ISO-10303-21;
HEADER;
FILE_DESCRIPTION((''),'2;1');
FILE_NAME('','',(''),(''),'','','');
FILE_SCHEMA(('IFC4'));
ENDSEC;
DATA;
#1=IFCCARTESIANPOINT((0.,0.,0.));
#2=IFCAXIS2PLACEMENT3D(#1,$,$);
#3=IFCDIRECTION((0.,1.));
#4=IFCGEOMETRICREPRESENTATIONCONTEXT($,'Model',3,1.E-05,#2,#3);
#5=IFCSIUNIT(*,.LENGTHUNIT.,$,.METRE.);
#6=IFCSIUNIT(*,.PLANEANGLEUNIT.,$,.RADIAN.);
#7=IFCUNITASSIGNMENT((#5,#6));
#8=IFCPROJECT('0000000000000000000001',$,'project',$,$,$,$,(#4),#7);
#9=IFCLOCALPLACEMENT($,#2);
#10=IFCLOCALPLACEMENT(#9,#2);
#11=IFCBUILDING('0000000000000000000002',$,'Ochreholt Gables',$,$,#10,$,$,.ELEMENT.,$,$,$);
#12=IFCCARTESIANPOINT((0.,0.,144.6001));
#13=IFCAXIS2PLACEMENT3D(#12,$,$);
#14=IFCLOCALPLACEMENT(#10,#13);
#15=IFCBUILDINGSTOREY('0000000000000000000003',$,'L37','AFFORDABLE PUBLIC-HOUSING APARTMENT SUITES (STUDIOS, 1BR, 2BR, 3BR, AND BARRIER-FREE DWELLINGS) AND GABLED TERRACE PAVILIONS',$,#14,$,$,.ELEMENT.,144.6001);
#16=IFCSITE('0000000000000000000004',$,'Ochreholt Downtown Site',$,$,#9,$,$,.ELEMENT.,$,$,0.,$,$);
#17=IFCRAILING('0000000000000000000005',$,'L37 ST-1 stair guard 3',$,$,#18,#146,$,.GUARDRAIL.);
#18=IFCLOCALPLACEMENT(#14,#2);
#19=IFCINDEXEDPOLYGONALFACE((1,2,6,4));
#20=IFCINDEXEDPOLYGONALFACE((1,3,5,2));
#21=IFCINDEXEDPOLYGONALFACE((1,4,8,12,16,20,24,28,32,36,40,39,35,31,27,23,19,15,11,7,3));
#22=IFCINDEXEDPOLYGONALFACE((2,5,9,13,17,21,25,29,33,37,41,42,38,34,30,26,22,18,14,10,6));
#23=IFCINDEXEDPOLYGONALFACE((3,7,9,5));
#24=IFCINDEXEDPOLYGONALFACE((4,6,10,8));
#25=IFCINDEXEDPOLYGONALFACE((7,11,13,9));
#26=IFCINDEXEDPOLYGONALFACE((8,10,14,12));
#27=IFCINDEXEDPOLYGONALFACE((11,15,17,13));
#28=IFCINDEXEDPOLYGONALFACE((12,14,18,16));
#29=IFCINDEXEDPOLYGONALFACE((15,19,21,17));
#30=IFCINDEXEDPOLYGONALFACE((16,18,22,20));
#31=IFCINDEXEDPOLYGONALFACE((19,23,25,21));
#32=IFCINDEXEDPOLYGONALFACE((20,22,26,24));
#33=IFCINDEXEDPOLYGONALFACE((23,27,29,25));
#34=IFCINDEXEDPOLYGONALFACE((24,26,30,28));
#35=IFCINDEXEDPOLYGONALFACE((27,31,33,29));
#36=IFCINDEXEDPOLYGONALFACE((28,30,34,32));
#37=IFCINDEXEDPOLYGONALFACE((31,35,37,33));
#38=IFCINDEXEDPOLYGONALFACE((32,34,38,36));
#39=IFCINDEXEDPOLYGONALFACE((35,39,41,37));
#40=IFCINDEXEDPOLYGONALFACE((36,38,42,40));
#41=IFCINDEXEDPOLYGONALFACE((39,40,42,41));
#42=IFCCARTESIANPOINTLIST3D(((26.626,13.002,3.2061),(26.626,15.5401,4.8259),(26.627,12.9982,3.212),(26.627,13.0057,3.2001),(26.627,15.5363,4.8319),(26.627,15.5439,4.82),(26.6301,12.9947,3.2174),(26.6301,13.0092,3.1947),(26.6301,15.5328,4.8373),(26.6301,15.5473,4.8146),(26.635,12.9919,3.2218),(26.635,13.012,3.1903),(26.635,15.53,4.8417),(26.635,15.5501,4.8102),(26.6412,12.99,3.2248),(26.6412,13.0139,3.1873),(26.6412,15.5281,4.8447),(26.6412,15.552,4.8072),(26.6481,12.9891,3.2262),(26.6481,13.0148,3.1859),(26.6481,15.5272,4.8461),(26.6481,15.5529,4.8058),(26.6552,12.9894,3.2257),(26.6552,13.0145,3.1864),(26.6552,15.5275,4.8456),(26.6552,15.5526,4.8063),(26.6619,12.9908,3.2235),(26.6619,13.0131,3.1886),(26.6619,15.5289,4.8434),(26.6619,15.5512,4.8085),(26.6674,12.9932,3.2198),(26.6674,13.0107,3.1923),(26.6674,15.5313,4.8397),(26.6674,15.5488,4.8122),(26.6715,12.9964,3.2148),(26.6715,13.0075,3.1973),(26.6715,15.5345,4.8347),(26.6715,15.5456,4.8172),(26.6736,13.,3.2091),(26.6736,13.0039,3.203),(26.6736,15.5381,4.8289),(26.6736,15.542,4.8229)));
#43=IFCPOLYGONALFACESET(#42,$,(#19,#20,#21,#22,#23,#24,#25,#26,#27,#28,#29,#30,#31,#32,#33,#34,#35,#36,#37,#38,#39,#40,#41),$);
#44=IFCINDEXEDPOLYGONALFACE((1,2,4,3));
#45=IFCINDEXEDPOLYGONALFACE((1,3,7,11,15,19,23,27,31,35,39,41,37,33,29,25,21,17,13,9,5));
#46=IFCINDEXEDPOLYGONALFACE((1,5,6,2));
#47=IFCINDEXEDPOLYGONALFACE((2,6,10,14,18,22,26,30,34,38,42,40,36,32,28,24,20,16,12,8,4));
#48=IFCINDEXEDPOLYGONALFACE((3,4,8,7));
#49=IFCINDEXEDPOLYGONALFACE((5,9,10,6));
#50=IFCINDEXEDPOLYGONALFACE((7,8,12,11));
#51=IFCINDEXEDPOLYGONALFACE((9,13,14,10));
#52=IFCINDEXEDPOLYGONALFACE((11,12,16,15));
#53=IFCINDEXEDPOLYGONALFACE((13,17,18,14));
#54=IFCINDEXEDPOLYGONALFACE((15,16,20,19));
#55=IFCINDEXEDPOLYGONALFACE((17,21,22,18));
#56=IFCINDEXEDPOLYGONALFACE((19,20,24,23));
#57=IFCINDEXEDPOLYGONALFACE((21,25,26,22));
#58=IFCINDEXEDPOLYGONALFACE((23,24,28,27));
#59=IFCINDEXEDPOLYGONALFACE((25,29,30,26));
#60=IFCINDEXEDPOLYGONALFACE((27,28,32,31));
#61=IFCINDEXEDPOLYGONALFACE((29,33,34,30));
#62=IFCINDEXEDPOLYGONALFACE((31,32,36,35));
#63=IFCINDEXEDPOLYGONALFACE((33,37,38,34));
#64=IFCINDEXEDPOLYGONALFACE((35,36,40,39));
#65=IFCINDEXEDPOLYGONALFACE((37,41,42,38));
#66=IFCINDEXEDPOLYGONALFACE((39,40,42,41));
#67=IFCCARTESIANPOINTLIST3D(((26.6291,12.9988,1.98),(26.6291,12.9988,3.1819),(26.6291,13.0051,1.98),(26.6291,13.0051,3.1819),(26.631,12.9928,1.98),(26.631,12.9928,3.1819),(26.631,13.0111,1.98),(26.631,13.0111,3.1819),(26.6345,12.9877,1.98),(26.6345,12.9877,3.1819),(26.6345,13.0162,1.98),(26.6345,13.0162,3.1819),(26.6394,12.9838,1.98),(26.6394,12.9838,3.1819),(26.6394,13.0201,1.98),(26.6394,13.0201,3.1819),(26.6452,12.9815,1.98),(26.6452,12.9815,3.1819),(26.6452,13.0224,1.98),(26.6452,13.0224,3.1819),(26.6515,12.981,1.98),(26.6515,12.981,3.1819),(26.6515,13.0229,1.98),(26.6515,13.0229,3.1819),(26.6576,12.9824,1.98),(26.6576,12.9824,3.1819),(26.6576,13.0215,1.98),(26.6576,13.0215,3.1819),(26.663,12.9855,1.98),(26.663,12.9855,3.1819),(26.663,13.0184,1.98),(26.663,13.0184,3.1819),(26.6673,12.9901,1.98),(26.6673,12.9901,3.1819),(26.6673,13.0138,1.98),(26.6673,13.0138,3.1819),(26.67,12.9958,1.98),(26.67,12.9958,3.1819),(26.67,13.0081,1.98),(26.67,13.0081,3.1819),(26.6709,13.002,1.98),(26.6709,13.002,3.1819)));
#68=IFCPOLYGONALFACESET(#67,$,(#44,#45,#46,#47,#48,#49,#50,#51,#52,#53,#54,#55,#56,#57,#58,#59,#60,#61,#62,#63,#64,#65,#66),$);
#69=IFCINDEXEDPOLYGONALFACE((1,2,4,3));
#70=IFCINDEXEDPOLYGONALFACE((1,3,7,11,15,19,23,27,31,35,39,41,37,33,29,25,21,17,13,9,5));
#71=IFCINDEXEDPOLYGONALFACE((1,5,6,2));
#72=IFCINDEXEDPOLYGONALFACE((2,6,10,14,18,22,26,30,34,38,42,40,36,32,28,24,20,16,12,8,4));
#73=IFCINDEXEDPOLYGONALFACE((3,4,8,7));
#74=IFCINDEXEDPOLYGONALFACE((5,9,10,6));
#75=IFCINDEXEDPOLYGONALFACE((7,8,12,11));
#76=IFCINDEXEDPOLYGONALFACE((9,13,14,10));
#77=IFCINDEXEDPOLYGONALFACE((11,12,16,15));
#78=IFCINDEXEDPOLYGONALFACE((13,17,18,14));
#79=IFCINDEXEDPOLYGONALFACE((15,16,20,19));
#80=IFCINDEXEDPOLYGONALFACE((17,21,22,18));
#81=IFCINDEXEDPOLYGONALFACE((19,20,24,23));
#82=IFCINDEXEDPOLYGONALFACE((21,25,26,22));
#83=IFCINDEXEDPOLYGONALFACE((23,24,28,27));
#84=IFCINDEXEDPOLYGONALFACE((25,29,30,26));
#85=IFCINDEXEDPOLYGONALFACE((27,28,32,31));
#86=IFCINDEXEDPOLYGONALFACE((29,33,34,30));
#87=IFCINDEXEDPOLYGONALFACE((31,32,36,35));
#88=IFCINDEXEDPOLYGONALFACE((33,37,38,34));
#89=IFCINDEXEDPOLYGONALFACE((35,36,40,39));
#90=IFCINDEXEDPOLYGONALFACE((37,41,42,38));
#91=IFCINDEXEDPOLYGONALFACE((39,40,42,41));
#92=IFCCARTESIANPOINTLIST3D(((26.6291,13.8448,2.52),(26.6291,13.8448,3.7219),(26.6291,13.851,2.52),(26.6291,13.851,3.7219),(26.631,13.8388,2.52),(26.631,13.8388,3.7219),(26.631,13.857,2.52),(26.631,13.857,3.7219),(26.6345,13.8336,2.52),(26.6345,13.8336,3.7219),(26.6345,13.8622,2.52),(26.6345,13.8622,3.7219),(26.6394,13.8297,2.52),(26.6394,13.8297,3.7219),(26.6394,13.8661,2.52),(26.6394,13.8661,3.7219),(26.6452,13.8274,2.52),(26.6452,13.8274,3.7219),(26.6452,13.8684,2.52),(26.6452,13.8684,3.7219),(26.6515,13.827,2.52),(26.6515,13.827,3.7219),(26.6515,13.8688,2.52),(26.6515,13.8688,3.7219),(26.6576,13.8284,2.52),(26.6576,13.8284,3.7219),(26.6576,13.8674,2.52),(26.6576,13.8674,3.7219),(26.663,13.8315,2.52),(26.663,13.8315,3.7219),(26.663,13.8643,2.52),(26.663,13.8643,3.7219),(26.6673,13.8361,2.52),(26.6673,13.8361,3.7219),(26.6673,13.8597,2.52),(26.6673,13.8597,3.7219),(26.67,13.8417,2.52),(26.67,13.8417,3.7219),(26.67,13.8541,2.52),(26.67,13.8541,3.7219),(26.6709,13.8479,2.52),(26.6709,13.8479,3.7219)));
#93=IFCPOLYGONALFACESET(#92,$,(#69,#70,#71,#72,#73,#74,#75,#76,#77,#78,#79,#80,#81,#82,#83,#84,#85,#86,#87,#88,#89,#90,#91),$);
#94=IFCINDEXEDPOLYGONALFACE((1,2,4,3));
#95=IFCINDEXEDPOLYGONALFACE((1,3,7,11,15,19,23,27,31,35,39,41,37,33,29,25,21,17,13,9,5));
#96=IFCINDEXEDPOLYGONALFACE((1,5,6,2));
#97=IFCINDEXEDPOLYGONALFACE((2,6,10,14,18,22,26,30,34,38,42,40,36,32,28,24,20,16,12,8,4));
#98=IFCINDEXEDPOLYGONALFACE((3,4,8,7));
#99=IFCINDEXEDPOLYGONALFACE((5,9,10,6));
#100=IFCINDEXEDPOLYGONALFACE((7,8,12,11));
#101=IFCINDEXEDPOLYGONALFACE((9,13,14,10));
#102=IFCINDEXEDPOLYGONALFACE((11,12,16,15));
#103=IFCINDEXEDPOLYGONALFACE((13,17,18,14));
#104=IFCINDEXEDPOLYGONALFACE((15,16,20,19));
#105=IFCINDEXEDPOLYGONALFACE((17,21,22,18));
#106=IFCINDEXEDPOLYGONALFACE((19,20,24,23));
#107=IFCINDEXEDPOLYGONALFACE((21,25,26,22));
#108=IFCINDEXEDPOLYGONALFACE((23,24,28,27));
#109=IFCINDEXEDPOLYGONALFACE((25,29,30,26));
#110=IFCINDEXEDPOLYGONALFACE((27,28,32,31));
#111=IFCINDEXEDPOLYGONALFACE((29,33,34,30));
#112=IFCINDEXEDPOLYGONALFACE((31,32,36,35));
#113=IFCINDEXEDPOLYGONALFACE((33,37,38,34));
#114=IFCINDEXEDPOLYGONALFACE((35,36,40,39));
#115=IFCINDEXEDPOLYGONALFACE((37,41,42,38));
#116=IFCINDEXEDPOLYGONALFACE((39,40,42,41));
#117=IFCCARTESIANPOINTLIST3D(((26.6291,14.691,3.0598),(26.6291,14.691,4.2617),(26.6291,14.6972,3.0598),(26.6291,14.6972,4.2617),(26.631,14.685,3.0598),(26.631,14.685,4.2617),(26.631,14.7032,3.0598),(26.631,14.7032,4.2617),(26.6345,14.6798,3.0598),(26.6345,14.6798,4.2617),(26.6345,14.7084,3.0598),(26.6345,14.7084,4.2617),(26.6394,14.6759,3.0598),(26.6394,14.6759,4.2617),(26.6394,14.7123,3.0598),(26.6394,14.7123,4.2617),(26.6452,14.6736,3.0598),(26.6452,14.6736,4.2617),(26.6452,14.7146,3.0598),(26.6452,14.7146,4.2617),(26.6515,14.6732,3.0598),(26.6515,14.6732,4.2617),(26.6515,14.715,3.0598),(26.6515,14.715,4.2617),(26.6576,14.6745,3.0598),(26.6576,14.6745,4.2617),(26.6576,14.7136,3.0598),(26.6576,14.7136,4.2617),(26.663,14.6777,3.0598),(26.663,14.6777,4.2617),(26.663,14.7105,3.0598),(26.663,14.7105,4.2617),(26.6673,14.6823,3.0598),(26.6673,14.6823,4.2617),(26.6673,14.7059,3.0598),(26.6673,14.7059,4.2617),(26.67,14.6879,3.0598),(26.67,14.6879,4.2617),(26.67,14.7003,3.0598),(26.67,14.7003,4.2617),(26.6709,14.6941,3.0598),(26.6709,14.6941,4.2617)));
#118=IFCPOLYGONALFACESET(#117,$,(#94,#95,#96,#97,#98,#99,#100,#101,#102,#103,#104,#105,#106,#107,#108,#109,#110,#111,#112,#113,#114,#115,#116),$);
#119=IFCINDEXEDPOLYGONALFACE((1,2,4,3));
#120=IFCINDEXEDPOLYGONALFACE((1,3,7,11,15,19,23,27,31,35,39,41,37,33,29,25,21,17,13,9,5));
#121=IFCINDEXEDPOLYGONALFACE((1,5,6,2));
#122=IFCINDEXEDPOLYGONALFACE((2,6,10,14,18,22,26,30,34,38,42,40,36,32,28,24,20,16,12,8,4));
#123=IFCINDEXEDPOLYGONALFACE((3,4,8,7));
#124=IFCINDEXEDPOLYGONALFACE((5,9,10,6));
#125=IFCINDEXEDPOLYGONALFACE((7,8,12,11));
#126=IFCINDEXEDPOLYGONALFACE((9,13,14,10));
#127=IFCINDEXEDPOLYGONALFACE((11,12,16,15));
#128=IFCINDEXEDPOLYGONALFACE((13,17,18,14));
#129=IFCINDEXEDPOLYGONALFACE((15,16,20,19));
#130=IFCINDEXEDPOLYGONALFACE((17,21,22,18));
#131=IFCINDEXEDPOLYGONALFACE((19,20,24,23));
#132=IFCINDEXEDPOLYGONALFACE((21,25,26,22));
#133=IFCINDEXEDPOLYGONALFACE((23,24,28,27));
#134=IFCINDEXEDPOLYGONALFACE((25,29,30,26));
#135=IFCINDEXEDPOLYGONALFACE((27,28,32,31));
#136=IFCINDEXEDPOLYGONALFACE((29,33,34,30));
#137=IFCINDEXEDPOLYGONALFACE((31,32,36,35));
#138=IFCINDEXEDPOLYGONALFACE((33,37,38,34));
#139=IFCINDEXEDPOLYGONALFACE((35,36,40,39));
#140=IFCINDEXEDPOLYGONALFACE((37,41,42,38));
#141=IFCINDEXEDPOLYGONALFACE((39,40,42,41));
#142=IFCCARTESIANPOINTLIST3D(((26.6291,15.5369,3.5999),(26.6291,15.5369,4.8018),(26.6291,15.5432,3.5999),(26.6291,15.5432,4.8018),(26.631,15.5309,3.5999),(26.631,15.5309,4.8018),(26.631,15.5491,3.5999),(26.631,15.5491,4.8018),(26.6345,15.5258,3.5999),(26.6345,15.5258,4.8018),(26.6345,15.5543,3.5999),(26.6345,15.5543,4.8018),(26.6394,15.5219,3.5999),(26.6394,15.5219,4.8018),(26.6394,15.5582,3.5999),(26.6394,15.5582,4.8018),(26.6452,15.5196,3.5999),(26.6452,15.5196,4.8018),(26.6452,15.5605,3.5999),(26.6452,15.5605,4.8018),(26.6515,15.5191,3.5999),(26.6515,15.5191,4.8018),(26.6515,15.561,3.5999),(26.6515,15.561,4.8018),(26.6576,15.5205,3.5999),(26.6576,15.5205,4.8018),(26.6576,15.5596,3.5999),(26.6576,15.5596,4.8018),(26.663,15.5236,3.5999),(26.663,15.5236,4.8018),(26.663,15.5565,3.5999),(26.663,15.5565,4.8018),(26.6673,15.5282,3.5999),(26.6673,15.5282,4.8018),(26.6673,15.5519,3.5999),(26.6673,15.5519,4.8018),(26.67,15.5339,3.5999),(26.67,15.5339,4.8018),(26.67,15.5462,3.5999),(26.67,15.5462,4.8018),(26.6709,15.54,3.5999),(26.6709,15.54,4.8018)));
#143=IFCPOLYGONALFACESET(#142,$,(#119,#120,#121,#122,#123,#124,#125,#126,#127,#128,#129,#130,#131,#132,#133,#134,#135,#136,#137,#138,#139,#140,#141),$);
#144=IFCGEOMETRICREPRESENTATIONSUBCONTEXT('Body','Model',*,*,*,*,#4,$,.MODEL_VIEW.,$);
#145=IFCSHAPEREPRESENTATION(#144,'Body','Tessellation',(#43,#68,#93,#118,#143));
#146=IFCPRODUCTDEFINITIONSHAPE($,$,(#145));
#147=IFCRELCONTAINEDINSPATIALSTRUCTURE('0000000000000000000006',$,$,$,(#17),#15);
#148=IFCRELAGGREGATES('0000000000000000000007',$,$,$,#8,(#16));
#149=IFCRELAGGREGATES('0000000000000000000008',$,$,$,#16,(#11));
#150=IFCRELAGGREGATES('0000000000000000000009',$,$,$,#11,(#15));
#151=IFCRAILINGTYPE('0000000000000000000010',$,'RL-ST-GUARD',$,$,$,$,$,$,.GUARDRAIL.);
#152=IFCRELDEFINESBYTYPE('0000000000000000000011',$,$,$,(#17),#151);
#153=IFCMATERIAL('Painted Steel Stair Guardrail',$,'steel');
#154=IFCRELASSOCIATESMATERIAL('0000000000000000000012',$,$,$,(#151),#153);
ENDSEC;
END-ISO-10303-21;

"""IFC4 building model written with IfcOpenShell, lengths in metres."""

from ifc_helpers import new_model, si_unit, direction, frame, origin, origin_2d, place, context, subcontext, project, spatial, circle, extrude, material, type_object, element, save


model = new_model("IFC4")

# Units and contexts
model_context = context("Model", 3, precision=1e-05, world=origin(), true_north=direction((0.0, 1.0)))
body_context = subcontext(model_context, "Body", "Model", "MODEL_VIEW")
ifc_project = project(units=[si_unit("LENGTHUNIT", "METRE"), si_unit("PLANEANGLEUNIT", "RADIAN")], contexts=[model_context])

# Site, building, storey
site_placement = place(None, origin())
site = spatial("IfcSite", under=ifc_project, at=site_placement, Name="Ochreholt Downtown Site", CompositionType="ELEMENT", RefElevation=0.0)
building_placement = place(site_placement, origin())
building = spatial("IfcBuilding", under=site, at=building_placement, Name="Ochreholt Gables", CompositionType="ELEMENT")
storey_placement = place(building_placement, frame((0.0, 0.0, 144.6001)))
storey = spatial("IfcBuildingStorey", under=building, at=storey_placement, Name="L37", Description="AFFORDABLE PUBLIC-HOUSING APARTMENT SUITES (STUDIOS, 1BR, 2BR, 3BR, AND BARRIER-FREE DWELLINGS) AND GABLED TERRACE PAVILIONS", CompositionType="ELEMENT", Elevation=144.6001)

# Railing
ifc_material_1 = material(Name="Painted Steel Stair Guardrail", Category="steel")
railing_type_1 = type_object("IfcRailingType", Name="RL-ST-GUARD", PredefinedType="GUARDRAIL", material=ifc_material_1)
railing_1_placement = place(storey_placement, frame((26.6499, 13.002, 1.98)))
element("IfcRailing", 1, at=railing_1_placement, inside=storey, type_object=railing_type_1, Name="L37 ST-1 stair guard 3", PredefinedType="GUARDRAIL", context=body_context, shape_type="SweptSolid", body=[
    extrude(circle(Radius=0.0239, at=origin_2d()), frame((0.0, 0.0, 1.2261), z_axis=(0.0, 0.84295, 0.537993), x_axis=(-1.0, 0.0, 0.0)), (0.0, 0.0, 1.0), 3.011),
    extrude(circle(Radius=0.021, at=origin_2d()), origin(), (0.0, 0.0, 1.0), 1.2019),
    extrude(circle(Radius=0.021, at=origin_2d()), frame((0.0, 0.8459, 0.54)), (0.0, 0.0, 1.0), 1.2019),
    extrude(circle(Radius=0.021, at=origin_2d()), frame((0.0, 1.6921, 1.0798)), (0.0, 0.0, 1.0), 1.2019),
    extrude(circle(Radius=0.021, at=origin_2d()), frame((0.0, 2.5381, 1.6199)), (0.0, 0.0, 1.0), 1.2019),
])

save(model, "model.ifc")
